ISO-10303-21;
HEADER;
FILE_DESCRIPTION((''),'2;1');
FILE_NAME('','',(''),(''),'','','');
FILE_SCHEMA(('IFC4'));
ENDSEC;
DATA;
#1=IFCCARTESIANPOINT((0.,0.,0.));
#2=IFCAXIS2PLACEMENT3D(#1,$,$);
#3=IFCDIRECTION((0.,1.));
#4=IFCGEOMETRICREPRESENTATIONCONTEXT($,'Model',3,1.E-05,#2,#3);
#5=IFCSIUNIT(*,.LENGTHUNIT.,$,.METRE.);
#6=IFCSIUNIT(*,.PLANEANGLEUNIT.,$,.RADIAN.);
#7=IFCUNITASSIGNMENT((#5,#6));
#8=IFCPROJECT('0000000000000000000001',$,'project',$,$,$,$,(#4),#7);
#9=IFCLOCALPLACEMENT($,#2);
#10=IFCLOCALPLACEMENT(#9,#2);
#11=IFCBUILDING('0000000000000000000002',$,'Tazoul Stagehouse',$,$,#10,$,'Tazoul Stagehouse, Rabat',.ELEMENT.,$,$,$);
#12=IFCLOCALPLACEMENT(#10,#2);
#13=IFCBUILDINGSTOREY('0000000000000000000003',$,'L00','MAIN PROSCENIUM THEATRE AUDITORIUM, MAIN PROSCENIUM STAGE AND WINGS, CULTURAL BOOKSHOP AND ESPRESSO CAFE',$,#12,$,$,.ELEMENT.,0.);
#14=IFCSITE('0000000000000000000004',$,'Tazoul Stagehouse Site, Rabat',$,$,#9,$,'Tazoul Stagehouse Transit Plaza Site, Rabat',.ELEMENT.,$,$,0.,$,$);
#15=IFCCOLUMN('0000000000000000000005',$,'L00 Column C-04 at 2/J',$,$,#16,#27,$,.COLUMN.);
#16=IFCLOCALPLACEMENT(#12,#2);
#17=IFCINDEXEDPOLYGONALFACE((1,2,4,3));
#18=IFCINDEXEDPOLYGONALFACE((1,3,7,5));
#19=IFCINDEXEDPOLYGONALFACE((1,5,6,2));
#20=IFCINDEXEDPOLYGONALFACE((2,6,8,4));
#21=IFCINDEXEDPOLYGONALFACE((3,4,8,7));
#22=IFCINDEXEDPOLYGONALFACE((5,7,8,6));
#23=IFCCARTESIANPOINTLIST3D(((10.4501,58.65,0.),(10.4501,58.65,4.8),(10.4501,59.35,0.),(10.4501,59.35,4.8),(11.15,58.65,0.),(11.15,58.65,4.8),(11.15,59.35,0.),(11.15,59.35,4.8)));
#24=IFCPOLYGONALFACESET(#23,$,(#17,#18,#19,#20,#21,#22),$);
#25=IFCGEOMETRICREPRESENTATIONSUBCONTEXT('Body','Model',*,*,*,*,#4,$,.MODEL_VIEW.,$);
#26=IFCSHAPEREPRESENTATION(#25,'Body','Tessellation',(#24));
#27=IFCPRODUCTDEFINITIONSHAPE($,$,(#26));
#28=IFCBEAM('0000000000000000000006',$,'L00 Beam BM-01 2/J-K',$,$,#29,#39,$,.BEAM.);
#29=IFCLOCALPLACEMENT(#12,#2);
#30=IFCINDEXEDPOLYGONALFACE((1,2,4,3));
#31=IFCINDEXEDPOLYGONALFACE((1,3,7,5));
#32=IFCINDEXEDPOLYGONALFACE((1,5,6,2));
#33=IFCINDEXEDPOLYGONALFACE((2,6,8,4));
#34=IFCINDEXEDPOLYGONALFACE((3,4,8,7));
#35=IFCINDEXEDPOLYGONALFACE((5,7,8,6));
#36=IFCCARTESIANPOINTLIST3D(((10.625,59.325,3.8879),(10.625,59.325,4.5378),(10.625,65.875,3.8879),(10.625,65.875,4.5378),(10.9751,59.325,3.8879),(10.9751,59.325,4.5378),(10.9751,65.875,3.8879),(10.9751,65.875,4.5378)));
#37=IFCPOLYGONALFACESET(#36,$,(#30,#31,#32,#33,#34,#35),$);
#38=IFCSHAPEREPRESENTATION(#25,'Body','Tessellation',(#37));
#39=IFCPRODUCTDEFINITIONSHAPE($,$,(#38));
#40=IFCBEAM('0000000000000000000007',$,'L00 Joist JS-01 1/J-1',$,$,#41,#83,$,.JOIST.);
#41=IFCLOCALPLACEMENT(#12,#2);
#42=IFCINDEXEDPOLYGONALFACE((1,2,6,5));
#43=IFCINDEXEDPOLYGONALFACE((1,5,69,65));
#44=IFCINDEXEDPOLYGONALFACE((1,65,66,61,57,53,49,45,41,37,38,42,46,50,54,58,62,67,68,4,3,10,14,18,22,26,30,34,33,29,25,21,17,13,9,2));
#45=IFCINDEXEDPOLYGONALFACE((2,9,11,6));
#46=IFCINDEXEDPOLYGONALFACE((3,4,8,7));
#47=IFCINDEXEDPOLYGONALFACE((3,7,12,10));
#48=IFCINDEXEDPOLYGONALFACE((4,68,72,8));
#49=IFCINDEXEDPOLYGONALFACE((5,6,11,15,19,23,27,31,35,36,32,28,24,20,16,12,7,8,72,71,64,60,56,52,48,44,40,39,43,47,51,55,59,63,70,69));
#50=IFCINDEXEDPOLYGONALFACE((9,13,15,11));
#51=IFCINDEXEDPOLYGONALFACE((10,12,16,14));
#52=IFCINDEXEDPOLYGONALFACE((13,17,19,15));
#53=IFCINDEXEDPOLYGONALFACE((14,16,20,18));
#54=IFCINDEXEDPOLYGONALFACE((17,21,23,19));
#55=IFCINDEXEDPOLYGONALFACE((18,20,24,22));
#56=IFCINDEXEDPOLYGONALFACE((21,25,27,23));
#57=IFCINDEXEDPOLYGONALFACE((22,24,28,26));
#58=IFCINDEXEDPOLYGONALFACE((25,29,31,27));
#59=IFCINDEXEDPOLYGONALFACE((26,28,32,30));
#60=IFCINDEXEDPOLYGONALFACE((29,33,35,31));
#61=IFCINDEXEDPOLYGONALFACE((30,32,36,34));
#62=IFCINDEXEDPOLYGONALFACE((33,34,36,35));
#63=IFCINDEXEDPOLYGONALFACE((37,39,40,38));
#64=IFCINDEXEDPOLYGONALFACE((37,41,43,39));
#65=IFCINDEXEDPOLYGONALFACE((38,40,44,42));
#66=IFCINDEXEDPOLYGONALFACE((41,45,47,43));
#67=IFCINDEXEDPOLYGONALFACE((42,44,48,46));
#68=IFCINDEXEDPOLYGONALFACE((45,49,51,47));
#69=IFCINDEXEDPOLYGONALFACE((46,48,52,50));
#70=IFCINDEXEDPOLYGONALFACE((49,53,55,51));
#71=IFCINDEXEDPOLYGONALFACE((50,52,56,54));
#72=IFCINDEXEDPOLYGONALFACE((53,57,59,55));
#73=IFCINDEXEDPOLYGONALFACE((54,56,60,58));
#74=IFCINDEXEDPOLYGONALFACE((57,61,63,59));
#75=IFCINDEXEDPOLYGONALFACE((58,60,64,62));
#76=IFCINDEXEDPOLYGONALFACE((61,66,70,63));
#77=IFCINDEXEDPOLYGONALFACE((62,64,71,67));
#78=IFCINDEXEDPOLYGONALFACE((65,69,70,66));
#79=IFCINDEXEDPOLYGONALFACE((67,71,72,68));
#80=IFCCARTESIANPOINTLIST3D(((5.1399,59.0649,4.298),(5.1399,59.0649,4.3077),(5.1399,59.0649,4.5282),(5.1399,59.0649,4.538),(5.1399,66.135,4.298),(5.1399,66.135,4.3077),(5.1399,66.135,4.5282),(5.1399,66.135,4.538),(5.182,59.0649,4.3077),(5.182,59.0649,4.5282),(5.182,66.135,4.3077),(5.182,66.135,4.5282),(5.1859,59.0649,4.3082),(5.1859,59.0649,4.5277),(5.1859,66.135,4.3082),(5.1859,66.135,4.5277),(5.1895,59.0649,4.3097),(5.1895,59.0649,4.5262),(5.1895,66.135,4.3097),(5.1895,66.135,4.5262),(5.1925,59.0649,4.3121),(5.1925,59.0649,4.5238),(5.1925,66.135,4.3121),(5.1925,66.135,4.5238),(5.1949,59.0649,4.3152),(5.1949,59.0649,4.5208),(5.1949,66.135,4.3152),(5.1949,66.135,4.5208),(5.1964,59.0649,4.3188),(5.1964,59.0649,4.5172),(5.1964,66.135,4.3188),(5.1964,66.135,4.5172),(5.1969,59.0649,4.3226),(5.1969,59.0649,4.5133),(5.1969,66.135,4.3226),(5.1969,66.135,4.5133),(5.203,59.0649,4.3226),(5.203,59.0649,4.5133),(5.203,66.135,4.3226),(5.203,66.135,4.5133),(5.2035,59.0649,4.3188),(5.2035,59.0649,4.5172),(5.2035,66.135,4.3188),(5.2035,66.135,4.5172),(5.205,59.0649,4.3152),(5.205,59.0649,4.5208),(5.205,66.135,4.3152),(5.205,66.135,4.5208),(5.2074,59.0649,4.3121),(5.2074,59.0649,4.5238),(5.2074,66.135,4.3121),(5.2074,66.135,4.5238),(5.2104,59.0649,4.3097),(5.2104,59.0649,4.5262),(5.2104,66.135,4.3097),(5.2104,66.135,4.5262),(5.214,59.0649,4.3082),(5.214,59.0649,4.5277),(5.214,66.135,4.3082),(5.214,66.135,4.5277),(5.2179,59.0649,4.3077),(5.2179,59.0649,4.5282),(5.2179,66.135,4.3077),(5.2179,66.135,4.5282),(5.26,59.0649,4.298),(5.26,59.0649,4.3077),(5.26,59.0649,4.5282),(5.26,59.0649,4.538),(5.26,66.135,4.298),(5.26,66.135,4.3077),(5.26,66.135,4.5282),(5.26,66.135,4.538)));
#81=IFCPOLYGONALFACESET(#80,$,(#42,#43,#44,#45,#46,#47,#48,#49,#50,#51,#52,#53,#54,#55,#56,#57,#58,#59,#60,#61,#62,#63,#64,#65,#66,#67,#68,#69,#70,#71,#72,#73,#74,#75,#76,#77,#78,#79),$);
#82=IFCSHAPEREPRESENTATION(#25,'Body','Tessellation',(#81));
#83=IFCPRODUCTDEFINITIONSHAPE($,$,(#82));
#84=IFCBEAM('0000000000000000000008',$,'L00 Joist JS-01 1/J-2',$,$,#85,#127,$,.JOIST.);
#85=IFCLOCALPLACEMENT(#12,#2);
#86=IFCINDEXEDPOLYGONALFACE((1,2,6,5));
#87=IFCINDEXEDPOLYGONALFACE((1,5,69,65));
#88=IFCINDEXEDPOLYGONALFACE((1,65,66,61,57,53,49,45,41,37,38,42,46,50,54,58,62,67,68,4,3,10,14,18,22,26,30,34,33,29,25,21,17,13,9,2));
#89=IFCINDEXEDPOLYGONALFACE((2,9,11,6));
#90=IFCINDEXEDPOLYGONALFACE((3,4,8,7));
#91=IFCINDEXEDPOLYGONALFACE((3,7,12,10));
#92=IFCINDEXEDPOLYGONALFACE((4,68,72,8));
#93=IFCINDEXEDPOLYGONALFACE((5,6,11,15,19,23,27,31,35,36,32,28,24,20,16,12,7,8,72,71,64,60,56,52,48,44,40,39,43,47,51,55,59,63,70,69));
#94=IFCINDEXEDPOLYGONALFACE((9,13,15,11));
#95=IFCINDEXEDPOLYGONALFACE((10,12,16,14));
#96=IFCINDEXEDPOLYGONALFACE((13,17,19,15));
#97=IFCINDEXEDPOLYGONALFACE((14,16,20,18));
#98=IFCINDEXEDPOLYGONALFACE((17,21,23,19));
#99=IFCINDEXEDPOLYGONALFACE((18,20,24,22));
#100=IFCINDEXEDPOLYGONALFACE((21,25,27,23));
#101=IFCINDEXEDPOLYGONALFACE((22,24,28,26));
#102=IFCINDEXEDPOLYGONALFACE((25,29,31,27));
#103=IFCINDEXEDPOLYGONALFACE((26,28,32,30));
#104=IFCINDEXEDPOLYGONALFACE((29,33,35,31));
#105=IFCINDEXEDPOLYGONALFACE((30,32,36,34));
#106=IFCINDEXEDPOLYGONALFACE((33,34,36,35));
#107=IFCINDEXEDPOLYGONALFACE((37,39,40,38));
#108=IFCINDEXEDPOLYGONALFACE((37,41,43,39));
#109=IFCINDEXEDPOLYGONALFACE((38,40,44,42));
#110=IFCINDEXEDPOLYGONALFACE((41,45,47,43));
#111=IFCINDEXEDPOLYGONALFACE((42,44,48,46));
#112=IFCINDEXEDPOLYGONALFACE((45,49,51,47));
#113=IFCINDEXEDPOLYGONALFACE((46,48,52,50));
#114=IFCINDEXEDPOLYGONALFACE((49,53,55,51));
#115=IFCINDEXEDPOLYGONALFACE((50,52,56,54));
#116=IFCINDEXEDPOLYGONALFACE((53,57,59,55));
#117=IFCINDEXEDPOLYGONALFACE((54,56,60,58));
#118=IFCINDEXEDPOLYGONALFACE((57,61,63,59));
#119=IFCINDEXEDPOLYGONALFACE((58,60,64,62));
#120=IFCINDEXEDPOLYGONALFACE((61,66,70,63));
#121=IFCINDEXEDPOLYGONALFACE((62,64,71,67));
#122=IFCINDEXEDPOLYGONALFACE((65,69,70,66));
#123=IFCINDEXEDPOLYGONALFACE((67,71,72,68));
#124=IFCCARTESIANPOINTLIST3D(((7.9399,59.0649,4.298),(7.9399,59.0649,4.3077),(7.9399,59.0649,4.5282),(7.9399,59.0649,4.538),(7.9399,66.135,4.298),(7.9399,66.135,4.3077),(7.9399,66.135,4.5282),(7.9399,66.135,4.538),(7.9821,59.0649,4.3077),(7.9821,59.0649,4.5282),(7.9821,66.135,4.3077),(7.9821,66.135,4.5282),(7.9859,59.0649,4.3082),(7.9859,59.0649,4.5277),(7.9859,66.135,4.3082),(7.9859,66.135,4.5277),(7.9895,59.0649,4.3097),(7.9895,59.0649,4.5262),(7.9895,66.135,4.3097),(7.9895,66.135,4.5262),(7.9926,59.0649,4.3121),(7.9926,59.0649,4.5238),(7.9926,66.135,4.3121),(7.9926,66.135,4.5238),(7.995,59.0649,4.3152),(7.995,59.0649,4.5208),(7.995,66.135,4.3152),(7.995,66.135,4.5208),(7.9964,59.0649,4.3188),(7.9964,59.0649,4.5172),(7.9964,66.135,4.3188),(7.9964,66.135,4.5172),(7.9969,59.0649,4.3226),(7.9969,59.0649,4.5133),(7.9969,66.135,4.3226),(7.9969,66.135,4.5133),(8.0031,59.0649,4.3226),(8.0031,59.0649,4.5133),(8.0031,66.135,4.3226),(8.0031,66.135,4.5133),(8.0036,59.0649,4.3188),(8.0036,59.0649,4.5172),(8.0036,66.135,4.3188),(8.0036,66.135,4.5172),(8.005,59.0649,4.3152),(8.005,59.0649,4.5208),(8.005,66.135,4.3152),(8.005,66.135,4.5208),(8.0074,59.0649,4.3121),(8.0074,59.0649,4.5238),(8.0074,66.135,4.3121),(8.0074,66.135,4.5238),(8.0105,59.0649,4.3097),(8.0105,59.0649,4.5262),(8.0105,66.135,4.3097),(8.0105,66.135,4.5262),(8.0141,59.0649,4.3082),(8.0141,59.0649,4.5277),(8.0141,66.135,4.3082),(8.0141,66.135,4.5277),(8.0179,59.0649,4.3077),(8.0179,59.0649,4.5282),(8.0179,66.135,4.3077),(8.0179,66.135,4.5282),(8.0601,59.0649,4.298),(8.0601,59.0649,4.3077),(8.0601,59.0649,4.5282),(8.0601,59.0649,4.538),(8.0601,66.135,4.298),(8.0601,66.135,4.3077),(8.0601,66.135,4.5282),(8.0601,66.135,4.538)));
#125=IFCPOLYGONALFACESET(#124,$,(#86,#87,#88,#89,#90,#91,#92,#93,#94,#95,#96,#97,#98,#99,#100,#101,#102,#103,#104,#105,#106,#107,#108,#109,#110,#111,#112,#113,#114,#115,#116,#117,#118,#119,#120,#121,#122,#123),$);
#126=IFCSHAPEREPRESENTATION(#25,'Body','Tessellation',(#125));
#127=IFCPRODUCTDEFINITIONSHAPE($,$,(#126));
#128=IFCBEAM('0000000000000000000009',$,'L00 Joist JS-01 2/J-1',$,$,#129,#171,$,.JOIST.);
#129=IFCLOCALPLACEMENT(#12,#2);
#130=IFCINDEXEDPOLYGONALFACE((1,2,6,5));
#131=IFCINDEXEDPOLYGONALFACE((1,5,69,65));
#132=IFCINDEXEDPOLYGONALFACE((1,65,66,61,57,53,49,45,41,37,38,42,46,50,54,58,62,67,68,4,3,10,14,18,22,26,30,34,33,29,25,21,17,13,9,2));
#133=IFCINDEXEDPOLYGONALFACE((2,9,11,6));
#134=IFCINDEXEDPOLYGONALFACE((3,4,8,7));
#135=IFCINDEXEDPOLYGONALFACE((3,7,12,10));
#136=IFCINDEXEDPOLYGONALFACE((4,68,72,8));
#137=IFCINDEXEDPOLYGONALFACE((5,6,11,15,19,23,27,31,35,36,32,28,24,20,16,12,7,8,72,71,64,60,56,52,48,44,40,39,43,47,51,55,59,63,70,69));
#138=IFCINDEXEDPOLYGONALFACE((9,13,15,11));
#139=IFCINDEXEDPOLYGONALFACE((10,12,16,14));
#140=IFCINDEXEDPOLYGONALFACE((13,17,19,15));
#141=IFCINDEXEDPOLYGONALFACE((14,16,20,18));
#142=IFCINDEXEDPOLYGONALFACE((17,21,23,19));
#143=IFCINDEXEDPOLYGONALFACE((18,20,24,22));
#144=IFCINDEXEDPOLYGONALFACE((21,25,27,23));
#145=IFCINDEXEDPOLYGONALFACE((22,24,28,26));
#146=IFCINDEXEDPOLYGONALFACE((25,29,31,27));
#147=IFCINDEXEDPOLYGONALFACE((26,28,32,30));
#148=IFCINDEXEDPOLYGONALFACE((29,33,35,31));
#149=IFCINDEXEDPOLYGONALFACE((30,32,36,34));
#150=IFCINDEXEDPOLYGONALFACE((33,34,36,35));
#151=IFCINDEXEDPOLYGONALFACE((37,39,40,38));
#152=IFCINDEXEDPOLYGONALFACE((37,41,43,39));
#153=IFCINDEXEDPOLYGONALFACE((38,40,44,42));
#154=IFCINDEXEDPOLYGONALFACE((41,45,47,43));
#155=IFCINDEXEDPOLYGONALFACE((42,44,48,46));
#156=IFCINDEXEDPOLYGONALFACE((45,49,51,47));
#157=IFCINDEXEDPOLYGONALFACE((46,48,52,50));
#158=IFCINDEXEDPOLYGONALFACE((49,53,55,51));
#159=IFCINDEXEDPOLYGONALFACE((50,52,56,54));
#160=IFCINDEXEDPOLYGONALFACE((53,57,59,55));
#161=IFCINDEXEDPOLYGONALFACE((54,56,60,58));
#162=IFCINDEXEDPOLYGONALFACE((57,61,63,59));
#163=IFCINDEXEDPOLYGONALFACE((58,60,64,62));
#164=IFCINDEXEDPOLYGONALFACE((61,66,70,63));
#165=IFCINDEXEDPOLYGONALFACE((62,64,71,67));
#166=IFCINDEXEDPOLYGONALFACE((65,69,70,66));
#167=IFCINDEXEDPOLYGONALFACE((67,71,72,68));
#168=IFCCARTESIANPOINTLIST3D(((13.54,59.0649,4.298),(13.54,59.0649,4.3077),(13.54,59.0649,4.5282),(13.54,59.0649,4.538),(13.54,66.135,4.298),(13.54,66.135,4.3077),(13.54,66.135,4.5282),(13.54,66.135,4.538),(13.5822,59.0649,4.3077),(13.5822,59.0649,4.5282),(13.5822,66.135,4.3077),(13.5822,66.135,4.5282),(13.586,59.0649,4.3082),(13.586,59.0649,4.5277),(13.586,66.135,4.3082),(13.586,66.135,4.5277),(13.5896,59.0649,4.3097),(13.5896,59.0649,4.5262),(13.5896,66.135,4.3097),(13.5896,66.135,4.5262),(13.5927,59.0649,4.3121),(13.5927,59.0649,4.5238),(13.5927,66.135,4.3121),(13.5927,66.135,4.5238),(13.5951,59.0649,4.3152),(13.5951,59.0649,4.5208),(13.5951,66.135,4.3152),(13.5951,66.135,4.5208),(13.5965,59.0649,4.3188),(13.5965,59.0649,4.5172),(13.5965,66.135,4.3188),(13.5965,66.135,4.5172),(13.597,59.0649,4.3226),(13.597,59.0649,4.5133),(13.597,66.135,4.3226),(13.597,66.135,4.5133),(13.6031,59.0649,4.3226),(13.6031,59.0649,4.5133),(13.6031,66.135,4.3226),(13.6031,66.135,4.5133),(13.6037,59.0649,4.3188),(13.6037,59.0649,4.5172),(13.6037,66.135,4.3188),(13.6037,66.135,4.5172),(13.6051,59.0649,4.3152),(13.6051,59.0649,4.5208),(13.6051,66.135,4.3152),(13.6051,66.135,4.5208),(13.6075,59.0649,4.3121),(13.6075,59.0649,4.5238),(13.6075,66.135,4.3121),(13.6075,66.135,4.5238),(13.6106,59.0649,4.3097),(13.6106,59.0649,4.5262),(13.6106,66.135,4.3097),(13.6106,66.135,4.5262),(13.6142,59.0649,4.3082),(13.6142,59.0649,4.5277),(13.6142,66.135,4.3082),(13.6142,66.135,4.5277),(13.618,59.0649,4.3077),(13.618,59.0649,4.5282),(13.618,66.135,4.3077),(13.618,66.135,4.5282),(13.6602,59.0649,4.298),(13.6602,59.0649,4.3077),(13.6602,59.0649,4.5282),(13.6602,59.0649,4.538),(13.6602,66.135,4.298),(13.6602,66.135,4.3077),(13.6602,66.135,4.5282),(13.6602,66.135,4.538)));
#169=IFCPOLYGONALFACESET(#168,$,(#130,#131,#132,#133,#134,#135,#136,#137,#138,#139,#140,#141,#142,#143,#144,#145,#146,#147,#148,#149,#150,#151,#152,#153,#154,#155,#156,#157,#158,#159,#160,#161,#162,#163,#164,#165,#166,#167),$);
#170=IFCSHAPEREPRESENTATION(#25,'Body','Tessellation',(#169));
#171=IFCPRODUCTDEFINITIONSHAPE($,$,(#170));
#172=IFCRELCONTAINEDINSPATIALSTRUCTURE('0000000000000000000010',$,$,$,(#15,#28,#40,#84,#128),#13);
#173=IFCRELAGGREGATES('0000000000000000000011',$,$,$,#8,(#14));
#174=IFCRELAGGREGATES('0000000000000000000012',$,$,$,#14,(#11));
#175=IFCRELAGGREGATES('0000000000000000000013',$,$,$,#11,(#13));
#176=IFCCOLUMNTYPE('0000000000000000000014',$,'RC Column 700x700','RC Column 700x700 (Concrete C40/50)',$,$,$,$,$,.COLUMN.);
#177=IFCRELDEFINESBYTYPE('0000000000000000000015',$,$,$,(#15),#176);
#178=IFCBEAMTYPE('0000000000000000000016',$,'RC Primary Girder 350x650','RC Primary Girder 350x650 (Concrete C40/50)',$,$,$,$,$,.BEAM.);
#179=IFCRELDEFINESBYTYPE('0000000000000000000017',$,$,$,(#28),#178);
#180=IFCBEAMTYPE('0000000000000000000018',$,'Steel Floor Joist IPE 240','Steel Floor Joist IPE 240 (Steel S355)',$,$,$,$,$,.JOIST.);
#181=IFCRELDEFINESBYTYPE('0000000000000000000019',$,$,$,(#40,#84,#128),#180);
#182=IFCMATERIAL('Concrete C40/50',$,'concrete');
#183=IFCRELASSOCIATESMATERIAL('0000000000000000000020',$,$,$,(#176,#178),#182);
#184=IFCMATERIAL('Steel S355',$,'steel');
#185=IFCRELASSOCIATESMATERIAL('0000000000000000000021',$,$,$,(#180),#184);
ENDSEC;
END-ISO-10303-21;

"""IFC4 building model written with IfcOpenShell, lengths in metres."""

from ifc_helpers import new_model, si_unit, direction, frame, origin, origin_2d, place, context, subcontext, project, spatial, rectangle, i_section, extrude, material, material_profile, profile_set, type_object, element, save


model = new_model("IFC4")

# Units and contexts
model_context = context("Model", 3, precision=1e-05, world=origin(), true_north=direction((0.0, 1.0)))
body_context = subcontext(model_context, "Body", "Model", "MODEL_VIEW")
ifc_project = project(units=[si_unit("LENGTHUNIT", "METRE"), si_unit("PLANEANGLEUNIT", "RADIAN")], contexts=[model_context])

# Site, building, storey
site_placement = place(None, origin())
site = spatial("IfcSite", under=ifc_project, at=site_placement, Name="Tazoul Stagehouse Site, Rabat", LongName="Tazoul Stagehouse Transit Plaza Site, Rabat", CompositionType="ELEMENT", RefElevation=0.0)
building_placement = place(site_placement, origin())
building = spatial("IfcBuilding", under=site, at=building_placement, Name="Tazoul Stagehouse", LongName="Tazoul Stagehouse, Rabat", CompositionType="ELEMENT")
storey_placement = place(building_placement, origin())
storey = spatial("IfcBuildingStorey", under=building, at=storey_placement, Name="L00", Description="MAIN PROSCENIUM THEATRE AUDITORIUM, MAIN PROSCENIUM STAGE AND WINGS, CULTURAL BOOKSHOP AND ESPRESSO CAFE", CompositionType="ELEMENT", Elevation=0.0)

# Column
ifc_material_1 = material(Name="Concrete C40/50", Category="concrete")
ifc_material_profile_1 = material_profile(ifc_material_1, rectangle(XDim=0.7, YDim=0.7, at=origin_2d()), Name="RC 700x700")
ifc_profile_set_1 = profile_set([ifc_material_profile_1], Name="Concrete C40/50")
column_type = type_object("IfcColumnType", Name="RC Column 700x700", Description="RC Column 700x700 (Concrete C40/50)", PredefinedType="COLUMN", material=ifc_profile_set_1)
column_placement = place(storey_placement, frame((10.8, 59.0, 0.0), z_axis=(0.0, 0.0, 1.0), x_axis=(1.0, 0.0, 0.0)))
element("IfcColumn", 1, at=column_placement, inside=storey, type_object=column_type, Name="L00 Column C-04 at 2/J", PredefinedType="COLUMN", context=body_context, shape_type="SweptSolid", body=[
    extrude(rectangle(XDim=0.7, YDim=0.7, at=origin_2d()), origin(), (0.0, 0.0, 1.0), 4.8),
])

# Beams
ifc_material_profile_2 = material_profile(ifc_material_1, rectangle(XDim=0.3501, YDim=0.6499, at=origin_2d()), Name="RC 350x650")
ifc_profile_set_2 = profile_set([ifc_material_profile_2], Name="Concrete C40/50")
beam_type_1 = type_object("IfcBeamType", Name="RC Primary Girder 350x650", Description="RC Primary Girder 350x650 (Concrete C40/50)", PredefinedType="BEAM", material=ifc_profile_set_2)
beam_1_placement = place(storey_placement, frame((10.8, 59.325, 4.2129), z_axis=(0.0, 1.0, 0.0), x_axis=(-1.0, 0.0, 0.0)))
element("IfcBeam", 2, at=beam_1_placement, inside=storey, type_object=beam_type_1, Name="L00 Beam BM-01 2/J-K", PredefinedType="BEAM", context=body_context, shape_type="SweptSolid", body=[
    extrude(rectangle(XDim=0.3501, YDim=0.6499, at=origin_2d()), origin(), (0.0, 0.0, 1.0), 6.55),
])
ifc_material_2 = material(Name="Steel S355", Category="steel")
ifc_material_profile_3 = material_profile(ifc_material_2, i_section(OverallWidth=0.1201, OverallDepth=0.24, WebThickness=0.0061, FlangeThickness=0.0098, FilletRadius=0.0149, at=origin_2d()), Name="IPE 240")
ifc_profile_set_3 = profile_set([ifc_material_profile_3], Name="Steel S355")
beam_type_2 = type_object("IfcBeamType", Name="Steel Floor Joist IPE 240", Description="Steel Floor Joist IPE 240 (Steel S355)", PredefinedType="JOIST", material=ifc_profile_set_3)
for number, where, z_axis, x_axis, name in (
    (3, (5.2, 59.0649, 4.418), (0.0, 1.0, 0.0), (-1.0, 0.0, 0.0), "L00 Joist JS-01 1/J-1"),
    (4, (8.0, 59.0649, 4.418), (0.0, 1.0, 0.0), (-1.0, 0.0, 0.0), "L00 Joist JS-01 1/J-2"),
    (5, (13.6001, 59.0649, 4.418), (0.0, 1.0, 0.0), (-1.0, 0.0, 0.0), "L00 Joist JS-01 2/J-1"),
):
    element("IfcBeam", number, at=place(storey_placement, frame(where, z_axis=z_axis, x_axis=x_axis)), inside=storey, type_object=beam_type_2, Name=name, PredefinedType="JOIST", context=body_context, shape_type="SweptSolid", body=[
        extrude(i_section(OverallWidth=0.1201, OverallDepth=0.24, WebThickness=0.0061, FlangeThickness=0.0098, FilletRadius=0.0149, at=origin_2d()), origin(), (0.0, 0.0, 1.0), 7.0701),
    ])

save(model, "model.ifc")
